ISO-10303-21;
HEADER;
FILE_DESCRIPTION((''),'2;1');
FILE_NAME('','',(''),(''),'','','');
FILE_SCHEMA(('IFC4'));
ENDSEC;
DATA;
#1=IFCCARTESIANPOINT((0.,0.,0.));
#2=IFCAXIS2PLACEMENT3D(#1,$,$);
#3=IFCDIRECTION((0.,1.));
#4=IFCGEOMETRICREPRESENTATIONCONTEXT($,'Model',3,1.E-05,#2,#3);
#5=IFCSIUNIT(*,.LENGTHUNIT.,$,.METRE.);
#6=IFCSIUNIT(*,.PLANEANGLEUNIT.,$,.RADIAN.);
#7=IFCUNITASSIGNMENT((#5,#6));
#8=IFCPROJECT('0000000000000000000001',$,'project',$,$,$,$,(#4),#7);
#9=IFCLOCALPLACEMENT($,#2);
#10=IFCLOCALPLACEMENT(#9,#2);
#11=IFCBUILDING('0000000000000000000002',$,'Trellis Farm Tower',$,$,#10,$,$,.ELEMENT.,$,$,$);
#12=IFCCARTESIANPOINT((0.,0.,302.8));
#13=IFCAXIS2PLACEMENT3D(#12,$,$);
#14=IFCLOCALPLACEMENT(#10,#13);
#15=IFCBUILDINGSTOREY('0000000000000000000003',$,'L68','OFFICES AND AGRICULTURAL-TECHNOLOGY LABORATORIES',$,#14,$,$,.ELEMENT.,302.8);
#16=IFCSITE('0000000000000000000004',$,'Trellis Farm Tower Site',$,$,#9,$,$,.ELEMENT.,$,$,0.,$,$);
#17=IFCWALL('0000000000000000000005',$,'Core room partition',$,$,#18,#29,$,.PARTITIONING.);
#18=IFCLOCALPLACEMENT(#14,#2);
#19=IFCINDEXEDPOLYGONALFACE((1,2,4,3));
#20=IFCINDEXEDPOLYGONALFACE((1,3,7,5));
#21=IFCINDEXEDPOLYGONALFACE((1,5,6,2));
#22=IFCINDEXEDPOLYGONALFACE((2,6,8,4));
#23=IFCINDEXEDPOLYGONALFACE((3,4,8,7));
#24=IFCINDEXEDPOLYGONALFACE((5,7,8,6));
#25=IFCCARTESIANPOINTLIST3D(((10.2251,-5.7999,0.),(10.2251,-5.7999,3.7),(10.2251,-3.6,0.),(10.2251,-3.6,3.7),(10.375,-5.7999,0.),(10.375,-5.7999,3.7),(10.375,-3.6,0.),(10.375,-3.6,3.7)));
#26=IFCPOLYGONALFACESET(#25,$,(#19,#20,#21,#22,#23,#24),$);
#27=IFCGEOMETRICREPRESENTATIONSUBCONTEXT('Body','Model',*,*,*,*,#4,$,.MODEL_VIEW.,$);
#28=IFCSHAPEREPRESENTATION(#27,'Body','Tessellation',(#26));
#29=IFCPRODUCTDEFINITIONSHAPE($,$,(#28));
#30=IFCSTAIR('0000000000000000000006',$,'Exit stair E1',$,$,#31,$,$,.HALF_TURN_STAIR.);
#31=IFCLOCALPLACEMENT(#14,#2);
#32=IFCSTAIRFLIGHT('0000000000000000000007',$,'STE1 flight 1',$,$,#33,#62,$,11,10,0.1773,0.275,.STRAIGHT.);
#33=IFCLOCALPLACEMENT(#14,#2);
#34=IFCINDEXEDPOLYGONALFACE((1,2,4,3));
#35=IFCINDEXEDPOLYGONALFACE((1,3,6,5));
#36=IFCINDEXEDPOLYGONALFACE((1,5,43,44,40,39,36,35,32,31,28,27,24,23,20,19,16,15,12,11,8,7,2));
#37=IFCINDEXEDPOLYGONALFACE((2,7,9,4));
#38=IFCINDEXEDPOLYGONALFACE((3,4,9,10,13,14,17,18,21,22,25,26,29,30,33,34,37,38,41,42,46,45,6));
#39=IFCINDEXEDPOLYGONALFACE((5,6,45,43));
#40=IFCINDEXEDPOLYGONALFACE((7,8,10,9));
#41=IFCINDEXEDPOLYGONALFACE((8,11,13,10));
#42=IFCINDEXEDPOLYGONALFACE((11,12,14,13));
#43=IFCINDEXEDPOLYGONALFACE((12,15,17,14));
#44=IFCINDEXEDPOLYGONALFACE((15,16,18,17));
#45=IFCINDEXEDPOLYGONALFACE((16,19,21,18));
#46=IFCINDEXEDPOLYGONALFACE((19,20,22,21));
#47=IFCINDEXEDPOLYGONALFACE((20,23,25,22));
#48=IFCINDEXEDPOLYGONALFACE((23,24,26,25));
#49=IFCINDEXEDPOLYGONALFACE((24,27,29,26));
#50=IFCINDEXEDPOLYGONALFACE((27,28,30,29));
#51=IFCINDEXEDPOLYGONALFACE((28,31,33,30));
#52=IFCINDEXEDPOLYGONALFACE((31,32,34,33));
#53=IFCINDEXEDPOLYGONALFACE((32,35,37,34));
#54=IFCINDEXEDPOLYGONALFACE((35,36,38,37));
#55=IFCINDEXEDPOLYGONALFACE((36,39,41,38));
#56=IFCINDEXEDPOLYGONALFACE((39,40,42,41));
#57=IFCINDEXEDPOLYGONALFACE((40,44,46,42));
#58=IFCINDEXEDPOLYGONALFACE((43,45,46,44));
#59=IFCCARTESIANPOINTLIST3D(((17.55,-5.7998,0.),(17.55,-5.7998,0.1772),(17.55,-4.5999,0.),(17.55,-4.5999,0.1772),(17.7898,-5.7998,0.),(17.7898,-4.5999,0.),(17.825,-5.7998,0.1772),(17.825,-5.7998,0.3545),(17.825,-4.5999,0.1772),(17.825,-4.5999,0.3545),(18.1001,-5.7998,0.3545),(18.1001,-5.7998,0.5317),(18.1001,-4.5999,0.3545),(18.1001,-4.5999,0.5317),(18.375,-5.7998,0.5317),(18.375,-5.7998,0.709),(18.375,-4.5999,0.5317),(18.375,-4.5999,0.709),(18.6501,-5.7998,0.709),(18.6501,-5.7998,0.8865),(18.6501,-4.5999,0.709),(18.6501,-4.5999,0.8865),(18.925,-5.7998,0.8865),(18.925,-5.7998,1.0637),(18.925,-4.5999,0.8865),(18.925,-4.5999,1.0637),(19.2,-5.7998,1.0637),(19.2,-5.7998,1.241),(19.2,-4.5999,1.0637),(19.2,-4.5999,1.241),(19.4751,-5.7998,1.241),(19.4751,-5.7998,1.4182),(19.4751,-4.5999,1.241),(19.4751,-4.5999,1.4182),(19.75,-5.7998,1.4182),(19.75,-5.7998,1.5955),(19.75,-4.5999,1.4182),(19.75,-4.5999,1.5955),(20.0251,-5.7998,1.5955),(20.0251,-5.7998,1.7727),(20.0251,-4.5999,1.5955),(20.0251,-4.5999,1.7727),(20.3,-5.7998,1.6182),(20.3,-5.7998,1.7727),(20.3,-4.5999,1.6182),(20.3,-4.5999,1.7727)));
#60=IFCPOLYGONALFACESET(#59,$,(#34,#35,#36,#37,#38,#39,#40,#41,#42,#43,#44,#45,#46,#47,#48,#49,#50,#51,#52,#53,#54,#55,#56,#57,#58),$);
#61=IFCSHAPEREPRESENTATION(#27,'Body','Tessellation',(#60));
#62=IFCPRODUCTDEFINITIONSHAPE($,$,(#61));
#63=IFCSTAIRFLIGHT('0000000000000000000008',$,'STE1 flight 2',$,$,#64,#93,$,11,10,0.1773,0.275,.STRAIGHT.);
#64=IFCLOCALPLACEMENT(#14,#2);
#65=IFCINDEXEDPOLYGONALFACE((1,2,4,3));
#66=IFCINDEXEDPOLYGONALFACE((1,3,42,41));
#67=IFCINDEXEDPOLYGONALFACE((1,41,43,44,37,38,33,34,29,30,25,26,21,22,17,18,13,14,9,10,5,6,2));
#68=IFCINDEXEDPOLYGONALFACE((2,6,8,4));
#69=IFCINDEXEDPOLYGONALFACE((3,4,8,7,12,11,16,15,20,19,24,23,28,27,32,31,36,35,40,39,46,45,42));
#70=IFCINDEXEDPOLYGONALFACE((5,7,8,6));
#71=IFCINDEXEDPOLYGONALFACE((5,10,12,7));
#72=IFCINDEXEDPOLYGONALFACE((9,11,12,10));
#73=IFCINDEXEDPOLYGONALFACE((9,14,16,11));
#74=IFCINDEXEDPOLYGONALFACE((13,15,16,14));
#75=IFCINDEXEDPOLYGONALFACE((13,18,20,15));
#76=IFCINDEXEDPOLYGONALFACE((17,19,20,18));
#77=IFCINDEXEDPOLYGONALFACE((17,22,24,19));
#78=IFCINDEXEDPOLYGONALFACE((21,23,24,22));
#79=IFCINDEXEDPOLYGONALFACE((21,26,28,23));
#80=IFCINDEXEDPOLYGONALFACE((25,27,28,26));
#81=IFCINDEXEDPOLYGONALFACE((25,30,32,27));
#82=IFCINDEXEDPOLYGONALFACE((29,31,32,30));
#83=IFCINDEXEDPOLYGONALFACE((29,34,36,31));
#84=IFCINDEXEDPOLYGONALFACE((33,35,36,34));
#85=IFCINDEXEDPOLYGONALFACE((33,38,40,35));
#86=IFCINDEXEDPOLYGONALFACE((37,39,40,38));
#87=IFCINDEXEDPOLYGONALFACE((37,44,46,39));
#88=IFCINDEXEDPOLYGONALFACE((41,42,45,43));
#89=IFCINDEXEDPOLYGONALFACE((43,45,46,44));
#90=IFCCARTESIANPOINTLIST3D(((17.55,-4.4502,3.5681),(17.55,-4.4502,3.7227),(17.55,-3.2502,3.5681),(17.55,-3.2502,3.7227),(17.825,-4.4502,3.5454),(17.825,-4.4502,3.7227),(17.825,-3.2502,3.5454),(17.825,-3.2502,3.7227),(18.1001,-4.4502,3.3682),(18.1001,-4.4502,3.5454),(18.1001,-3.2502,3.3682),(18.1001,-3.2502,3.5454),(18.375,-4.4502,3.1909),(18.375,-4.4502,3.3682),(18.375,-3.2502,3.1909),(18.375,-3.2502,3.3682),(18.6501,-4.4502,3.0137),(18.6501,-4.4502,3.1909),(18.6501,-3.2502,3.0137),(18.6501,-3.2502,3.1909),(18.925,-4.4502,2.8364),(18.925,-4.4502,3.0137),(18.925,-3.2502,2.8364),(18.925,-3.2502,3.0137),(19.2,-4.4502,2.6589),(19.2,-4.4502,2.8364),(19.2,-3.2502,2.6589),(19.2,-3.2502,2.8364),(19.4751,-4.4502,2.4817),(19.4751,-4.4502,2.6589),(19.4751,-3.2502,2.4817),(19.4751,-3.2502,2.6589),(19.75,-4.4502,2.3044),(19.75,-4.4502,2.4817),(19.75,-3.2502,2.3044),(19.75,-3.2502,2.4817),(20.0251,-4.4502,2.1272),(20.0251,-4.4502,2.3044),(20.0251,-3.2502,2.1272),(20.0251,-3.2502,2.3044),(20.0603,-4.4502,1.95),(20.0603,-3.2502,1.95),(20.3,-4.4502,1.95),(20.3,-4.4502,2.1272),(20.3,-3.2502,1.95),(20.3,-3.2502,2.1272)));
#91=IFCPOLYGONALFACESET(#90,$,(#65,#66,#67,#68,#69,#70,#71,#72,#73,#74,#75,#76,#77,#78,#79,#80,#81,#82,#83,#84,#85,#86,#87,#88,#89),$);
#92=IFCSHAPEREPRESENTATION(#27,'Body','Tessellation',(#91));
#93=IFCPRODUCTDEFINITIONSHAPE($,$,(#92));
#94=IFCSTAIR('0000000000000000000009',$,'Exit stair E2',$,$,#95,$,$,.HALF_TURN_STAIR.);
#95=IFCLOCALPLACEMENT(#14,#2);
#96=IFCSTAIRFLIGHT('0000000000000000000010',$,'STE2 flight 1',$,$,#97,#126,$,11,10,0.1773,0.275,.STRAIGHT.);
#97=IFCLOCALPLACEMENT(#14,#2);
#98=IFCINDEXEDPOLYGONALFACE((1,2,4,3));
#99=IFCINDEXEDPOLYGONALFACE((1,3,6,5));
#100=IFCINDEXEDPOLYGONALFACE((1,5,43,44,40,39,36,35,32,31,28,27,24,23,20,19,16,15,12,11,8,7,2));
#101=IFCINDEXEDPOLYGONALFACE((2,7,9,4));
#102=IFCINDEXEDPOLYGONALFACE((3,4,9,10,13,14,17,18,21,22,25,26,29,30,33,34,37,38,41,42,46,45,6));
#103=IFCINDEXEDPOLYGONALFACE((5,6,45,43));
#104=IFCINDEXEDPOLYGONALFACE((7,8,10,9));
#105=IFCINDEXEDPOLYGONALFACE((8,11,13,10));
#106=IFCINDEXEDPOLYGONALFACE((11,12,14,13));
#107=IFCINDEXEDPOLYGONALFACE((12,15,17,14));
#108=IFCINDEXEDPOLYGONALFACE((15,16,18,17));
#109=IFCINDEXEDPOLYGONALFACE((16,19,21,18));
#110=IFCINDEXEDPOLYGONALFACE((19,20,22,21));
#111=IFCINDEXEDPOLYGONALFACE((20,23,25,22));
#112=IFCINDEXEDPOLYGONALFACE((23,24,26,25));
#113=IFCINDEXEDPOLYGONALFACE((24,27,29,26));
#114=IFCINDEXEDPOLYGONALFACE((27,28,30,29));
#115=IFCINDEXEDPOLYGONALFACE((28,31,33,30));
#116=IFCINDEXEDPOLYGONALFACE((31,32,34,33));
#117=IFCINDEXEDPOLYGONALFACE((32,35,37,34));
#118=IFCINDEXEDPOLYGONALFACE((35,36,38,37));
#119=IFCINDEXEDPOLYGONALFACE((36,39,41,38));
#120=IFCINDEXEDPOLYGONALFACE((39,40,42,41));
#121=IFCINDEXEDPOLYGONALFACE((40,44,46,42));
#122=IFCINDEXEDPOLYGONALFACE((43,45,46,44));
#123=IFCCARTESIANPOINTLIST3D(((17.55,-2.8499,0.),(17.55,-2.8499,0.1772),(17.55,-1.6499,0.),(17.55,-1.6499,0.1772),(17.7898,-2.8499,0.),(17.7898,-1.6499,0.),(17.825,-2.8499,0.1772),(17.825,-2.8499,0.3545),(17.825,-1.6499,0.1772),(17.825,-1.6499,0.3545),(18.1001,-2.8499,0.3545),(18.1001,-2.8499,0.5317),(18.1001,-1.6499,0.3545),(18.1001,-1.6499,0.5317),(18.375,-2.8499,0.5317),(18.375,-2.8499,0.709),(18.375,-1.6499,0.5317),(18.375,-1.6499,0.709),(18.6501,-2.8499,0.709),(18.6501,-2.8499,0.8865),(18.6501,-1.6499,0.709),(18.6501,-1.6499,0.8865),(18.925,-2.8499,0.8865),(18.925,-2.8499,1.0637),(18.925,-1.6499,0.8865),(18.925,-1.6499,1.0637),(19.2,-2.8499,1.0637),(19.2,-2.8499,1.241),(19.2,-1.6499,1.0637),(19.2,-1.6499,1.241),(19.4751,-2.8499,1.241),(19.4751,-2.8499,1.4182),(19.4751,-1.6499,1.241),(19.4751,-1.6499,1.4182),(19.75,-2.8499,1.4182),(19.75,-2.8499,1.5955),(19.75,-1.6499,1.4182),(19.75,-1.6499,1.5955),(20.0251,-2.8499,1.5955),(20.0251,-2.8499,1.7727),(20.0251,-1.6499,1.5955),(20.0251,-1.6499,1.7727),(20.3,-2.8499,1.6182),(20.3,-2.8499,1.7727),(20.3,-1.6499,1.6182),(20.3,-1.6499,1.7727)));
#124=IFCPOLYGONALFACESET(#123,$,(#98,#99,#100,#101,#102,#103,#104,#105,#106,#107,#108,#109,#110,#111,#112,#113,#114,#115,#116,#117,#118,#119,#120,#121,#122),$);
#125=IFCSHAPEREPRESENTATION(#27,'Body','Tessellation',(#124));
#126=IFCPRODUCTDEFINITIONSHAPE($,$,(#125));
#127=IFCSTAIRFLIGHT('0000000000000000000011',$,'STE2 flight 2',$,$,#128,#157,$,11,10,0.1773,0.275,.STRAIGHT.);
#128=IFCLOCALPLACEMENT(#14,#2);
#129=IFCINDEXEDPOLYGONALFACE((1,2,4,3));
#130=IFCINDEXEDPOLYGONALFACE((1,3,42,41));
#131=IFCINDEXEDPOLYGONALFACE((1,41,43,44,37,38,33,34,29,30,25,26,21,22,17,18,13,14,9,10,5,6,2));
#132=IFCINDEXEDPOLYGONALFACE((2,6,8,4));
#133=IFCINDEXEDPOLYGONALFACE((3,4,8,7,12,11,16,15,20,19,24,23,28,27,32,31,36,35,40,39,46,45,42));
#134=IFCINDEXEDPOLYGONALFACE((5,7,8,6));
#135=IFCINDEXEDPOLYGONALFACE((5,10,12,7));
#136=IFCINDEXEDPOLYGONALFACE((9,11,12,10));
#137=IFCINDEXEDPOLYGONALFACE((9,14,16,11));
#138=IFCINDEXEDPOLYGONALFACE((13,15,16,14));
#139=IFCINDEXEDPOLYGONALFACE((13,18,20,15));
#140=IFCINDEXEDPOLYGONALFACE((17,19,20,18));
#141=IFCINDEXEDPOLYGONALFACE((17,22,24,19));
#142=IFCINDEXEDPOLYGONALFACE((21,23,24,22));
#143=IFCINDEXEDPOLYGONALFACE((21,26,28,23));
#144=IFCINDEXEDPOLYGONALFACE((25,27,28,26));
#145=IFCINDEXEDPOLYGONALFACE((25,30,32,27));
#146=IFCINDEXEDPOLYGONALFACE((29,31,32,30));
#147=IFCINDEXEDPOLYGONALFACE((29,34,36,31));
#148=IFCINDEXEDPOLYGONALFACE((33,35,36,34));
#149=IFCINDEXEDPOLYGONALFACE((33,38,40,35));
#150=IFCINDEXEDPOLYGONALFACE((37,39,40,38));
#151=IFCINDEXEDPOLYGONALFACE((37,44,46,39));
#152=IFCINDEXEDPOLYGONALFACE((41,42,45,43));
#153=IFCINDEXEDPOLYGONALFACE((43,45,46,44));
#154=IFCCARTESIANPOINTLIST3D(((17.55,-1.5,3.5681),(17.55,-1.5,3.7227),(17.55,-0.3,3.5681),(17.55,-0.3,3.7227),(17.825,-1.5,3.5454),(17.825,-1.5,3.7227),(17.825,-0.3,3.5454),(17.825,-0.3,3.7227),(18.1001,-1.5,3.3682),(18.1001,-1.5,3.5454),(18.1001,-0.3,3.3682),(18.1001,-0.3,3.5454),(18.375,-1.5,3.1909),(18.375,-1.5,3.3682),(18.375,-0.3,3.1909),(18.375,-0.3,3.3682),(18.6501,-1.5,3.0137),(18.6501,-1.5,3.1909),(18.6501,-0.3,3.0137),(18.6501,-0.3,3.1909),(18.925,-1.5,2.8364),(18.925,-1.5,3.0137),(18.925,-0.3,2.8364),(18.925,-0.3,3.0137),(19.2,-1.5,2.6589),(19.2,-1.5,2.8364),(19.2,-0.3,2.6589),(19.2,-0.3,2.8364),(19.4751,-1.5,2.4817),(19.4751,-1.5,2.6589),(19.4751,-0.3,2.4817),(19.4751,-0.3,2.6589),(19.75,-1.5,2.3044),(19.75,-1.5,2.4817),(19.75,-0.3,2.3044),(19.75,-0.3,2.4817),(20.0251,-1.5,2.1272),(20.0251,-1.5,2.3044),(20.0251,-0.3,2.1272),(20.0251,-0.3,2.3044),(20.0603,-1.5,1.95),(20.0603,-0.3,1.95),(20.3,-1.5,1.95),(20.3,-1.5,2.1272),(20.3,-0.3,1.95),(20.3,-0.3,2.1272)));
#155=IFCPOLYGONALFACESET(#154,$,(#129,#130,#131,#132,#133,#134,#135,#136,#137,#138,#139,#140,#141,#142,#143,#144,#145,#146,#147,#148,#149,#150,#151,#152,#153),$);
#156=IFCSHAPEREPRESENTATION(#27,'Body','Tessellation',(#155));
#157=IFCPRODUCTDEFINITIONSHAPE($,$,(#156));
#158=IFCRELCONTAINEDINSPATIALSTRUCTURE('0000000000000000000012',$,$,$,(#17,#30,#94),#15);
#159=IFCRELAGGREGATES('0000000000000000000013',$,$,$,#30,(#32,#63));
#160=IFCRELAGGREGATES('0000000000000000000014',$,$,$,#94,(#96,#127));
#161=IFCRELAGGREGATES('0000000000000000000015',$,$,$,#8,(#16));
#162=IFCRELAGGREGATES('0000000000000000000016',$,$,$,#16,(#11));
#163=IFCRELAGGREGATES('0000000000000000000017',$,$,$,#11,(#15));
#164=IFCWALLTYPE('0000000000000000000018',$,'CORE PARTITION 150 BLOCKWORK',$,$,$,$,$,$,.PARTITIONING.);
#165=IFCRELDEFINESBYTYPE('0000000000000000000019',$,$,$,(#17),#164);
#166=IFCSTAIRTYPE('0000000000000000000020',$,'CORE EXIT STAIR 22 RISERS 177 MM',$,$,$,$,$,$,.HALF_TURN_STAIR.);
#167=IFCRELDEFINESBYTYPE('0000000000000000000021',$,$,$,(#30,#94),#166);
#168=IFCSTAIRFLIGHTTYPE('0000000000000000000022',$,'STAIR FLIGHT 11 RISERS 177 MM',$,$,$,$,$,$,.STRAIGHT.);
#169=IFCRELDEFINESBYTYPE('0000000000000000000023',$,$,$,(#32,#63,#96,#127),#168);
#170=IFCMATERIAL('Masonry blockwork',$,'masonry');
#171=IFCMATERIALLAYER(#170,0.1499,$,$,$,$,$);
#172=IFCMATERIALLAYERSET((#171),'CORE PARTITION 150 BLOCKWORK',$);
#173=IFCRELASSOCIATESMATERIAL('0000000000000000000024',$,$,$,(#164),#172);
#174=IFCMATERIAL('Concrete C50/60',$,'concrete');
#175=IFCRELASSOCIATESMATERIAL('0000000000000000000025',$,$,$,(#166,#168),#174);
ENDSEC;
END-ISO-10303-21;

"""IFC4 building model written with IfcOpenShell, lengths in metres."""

from ifc_helpers import new_model, si_unit, direction, frame, frame_2d, origin, place, context, subcontext, project, spatial, polyline, rectangle, outline, extrude, source, transform, mapped, material, layer, layer_set, type_object, element, aggregate, save


model = new_model("IFC4")

# Units and contexts
model_context = context("Model", 3, precision=1e-05, world=origin(), true_north=direction((0.0, 1.0)))
body_context = subcontext(model_context, "Body", "Model", "MODEL_VIEW")
ifc_project = project(units=[si_unit("LENGTHUNIT", "METRE"), si_unit("PLANEANGLEUNIT", "RADIAN")], contexts=[model_context])

# Site, building, storey
site_placement = place(None, origin())
site = spatial("IfcSite", under=ifc_project, at=site_placement, Name="Trellis Farm Tower Site", CompositionType="ELEMENT", RefElevation=0.0)
building_placement = place(site_placement, origin())
building = spatial("IfcBuilding", under=site, at=building_placement, Name="Trellis Farm Tower", CompositionType="ELEMENT")
storey_placement = place(building_placement, frame((0.0, 0.0, 302.8)))
storey = spatial("IfcBuildingStorey", under=building, at=storey_placement, Name="L68", Description="OFFICES AND AGRICULTURAL-TECHNOLOGY LABORATORIES", CompositionType="ELEMENT", Elevation=302.8)

# Shared definitions
placement = place(storey_placement, origin())

# Shared definitions
ifc_material_1 = material(Name="Concrete C50/60", Category="concrete")

# Wall
ifc_material_2 = material(Name="Masonry blockwork", Category="masonry")
ifc_layer_1 = layer(ifc_material_2, 0.1499)
ifc_layer_set_1 = layer_set([ifc_layer_1], Name="CORE PARTITION 150 BLOCKWORK")
wall_type_1 = type_object("IfcWallType", Name="CORE PARTITION 150 BLOCKWORK", PredefinedType="PARTITIONING", material=ifc_layer_set_1)
shared_shape_1 = source(origin(), body_context, "Body", "SweptSolid", [
    extrude(rectangle(XDim=2.2, YDim=0.1499, at=frame_2d((1.1001, 0.0))), origin(), (0.0, 0.0, 1.0), 3.7),
])
for number, where, z_axis, x_axis, name in (
    (1, (10.3, -5.8, 0.0), (0.0, 0.0, 1.0), (0.0, 1.0, 0.0), "Core room partition"),
):
    element("IfcWall", number, at=place(storey_placement, frame(where, z_axis=z_axis, x_axis=x_axis)), inside=storey, type_object=wall_type_1, Name=name, PredefinedType="PARTITIONING", context=body_context, shape_type="MappedRepresentation", body=[
        mapped(shared_shape_1, transform((0.0, 0.0, 0.0))),
    ])

# Stairs, stair flights
stair_type = type_object("IfcStairType", Name="CORE EXIT STAIR 22 RISERS 177 MM", PredefinedType="HALF_TURN_STAIR", material=ifc_material_1)
stair_1 = element("IfcStair", 2, at=placement, inside=storey, type_object=stair_type, Name="Exit stair E1", PredefinedType="HALF_TURN_STAIR")
stair_flight_type = type_object("IfcStairFlightType", Name="STAIR FLIGHT 11 RISERS 177 MM", PredefinedType="STRAIGHT", material=ifc_material_1)
shared_shape_2 = source(origin(), body_context, "Body", "SweptSolid", [
    extrude(outline(polyline([(0.0, 0.0), (0.0, 0.1772), (0.2749, 0.1772), (0.2749, 0.3545), (0.55, 0.3545), (0.55, 0.5317), (0.825, 0.5317), (0.825, 0.709), (1.1001, 0.709), (1.1001, 0.8865), (1.375, 0.8865), (1.375, 1.0637), (1.6499, 1.0637), (1.6499, 1.241), (1.925, 1.241), (1.925, 1.4182), (2.2, 1.4182), (2.2, 1.5955), (2.4751, 1.5955), (2.4751, 1.7727), (2.75, 1.7727), (2.75, 1.95), (2.75, 1.6182), (0.2397, 0.0), (0.0, 0.0)])), frame((0.0, 0.6001, 0.0), z_axis=(0.0, -1.0, 0.0), x_axis=(1.0, 0.0, 0.0)), (0.0, 0.0, 1.0), 1.2),
])
stair_flight_1_placement = place(storey_placement, frame((17.55, -5.2, 0.0), z_axis=(0.0, 0.0, 1.0), x_axis=(1.0, 0.0, 0.0)))
stair_flight_1 = element("IfcStairFlight", 3, at=stair_flight_1_placement, type_object=stair_flight_type, Name="STE1 flight 1", NumberOfRisers=11, NumberOfTreads=10, PredefinedType="STRAIGHT", RiserHeight=0.1773, TreadLength=0.275, context=body_context, shape_type="MappedRepresentation", body=[
    mapped(shared_shape_2, transform((0.0, 0.0, 0.0))),
])
stair_flight_2_placement = place(storey_placement, frame((20.3, -3.8501, 1.95), z_axis=(0.0, 0.0, 1.0), x_axis=(-1.0, 0.0, 0.0)))
stair_flight_2 = element("IfcStairFlight", 4, at=stair_flight_2_placement, type_object=stair_flight_type, Name="STE1 flight 2", NumberOfRisers=11, NumberOfTreads=10, PredefinedType="STRAIGHT", RiserHeight=0.1773, TreadLength=0.275, context=body_context, shape_type="MappedRepresentation", body=[
    mapped(shared_shape_2, transform((0.0, 0.0, 0.0))),
])
aggregate(stair_1, [stair_flight_1, stair_flight_2])
stair_2 = element("IfcStair", 5, at=placement, inside=storey, type_object=stair_type, Name="Exit stair E2", PredefinedType="HALF_TURN_STAIR")
stair_flight_3_placement = place(storey_placement, frame((17.55, -2.25, 0.0), z_axis=(0.0, 0.0, 1.0), x_axis=(1.0, 0.0, 0.0)))
stair_flight_3 = element("IfcStairFlight", 6, at=stair_flight_3_placement, type_object=stair_flight_type, Name="STE2 flight 1", NumberOfRisers=11, NumberOfTreads=10, PredefinedType="STRAIGHT", RiserHeight=0.1773, TreadLength=0.275, context=body_context, shape_type="MappedRepresentation", body=[
    mapped(shared_shape_2, transform((0.0, 0.0, 0.0))),
])
stair_flight_4_placement = place(storey_placement, frame((20.3, -0.8999, 1.95), z_axis=(0.0, 0.0, 1.0), x_axis=(-1.0, 0.0, 0.0)))
stair_flight_4 = element("IfcStairFlight", 7, at=stair_flight_4_placement, type_object=stair_flight_type, Name="STE2 flight 2", NumberOfRisers=11, NumberOfTreads=10, PredefinedType="STRAIGHT", RiserHeight=0.1773, TreadLength=0.275, context=body_context, shape_type="MappedRepresentation", body=[
    mapped(shared_shape_2, transform((0.0, 0.0, 0.0))),
])
aggregate(stair_2, [stair_flight_3, stair_flight_4])

save(model, "model.ifc")
